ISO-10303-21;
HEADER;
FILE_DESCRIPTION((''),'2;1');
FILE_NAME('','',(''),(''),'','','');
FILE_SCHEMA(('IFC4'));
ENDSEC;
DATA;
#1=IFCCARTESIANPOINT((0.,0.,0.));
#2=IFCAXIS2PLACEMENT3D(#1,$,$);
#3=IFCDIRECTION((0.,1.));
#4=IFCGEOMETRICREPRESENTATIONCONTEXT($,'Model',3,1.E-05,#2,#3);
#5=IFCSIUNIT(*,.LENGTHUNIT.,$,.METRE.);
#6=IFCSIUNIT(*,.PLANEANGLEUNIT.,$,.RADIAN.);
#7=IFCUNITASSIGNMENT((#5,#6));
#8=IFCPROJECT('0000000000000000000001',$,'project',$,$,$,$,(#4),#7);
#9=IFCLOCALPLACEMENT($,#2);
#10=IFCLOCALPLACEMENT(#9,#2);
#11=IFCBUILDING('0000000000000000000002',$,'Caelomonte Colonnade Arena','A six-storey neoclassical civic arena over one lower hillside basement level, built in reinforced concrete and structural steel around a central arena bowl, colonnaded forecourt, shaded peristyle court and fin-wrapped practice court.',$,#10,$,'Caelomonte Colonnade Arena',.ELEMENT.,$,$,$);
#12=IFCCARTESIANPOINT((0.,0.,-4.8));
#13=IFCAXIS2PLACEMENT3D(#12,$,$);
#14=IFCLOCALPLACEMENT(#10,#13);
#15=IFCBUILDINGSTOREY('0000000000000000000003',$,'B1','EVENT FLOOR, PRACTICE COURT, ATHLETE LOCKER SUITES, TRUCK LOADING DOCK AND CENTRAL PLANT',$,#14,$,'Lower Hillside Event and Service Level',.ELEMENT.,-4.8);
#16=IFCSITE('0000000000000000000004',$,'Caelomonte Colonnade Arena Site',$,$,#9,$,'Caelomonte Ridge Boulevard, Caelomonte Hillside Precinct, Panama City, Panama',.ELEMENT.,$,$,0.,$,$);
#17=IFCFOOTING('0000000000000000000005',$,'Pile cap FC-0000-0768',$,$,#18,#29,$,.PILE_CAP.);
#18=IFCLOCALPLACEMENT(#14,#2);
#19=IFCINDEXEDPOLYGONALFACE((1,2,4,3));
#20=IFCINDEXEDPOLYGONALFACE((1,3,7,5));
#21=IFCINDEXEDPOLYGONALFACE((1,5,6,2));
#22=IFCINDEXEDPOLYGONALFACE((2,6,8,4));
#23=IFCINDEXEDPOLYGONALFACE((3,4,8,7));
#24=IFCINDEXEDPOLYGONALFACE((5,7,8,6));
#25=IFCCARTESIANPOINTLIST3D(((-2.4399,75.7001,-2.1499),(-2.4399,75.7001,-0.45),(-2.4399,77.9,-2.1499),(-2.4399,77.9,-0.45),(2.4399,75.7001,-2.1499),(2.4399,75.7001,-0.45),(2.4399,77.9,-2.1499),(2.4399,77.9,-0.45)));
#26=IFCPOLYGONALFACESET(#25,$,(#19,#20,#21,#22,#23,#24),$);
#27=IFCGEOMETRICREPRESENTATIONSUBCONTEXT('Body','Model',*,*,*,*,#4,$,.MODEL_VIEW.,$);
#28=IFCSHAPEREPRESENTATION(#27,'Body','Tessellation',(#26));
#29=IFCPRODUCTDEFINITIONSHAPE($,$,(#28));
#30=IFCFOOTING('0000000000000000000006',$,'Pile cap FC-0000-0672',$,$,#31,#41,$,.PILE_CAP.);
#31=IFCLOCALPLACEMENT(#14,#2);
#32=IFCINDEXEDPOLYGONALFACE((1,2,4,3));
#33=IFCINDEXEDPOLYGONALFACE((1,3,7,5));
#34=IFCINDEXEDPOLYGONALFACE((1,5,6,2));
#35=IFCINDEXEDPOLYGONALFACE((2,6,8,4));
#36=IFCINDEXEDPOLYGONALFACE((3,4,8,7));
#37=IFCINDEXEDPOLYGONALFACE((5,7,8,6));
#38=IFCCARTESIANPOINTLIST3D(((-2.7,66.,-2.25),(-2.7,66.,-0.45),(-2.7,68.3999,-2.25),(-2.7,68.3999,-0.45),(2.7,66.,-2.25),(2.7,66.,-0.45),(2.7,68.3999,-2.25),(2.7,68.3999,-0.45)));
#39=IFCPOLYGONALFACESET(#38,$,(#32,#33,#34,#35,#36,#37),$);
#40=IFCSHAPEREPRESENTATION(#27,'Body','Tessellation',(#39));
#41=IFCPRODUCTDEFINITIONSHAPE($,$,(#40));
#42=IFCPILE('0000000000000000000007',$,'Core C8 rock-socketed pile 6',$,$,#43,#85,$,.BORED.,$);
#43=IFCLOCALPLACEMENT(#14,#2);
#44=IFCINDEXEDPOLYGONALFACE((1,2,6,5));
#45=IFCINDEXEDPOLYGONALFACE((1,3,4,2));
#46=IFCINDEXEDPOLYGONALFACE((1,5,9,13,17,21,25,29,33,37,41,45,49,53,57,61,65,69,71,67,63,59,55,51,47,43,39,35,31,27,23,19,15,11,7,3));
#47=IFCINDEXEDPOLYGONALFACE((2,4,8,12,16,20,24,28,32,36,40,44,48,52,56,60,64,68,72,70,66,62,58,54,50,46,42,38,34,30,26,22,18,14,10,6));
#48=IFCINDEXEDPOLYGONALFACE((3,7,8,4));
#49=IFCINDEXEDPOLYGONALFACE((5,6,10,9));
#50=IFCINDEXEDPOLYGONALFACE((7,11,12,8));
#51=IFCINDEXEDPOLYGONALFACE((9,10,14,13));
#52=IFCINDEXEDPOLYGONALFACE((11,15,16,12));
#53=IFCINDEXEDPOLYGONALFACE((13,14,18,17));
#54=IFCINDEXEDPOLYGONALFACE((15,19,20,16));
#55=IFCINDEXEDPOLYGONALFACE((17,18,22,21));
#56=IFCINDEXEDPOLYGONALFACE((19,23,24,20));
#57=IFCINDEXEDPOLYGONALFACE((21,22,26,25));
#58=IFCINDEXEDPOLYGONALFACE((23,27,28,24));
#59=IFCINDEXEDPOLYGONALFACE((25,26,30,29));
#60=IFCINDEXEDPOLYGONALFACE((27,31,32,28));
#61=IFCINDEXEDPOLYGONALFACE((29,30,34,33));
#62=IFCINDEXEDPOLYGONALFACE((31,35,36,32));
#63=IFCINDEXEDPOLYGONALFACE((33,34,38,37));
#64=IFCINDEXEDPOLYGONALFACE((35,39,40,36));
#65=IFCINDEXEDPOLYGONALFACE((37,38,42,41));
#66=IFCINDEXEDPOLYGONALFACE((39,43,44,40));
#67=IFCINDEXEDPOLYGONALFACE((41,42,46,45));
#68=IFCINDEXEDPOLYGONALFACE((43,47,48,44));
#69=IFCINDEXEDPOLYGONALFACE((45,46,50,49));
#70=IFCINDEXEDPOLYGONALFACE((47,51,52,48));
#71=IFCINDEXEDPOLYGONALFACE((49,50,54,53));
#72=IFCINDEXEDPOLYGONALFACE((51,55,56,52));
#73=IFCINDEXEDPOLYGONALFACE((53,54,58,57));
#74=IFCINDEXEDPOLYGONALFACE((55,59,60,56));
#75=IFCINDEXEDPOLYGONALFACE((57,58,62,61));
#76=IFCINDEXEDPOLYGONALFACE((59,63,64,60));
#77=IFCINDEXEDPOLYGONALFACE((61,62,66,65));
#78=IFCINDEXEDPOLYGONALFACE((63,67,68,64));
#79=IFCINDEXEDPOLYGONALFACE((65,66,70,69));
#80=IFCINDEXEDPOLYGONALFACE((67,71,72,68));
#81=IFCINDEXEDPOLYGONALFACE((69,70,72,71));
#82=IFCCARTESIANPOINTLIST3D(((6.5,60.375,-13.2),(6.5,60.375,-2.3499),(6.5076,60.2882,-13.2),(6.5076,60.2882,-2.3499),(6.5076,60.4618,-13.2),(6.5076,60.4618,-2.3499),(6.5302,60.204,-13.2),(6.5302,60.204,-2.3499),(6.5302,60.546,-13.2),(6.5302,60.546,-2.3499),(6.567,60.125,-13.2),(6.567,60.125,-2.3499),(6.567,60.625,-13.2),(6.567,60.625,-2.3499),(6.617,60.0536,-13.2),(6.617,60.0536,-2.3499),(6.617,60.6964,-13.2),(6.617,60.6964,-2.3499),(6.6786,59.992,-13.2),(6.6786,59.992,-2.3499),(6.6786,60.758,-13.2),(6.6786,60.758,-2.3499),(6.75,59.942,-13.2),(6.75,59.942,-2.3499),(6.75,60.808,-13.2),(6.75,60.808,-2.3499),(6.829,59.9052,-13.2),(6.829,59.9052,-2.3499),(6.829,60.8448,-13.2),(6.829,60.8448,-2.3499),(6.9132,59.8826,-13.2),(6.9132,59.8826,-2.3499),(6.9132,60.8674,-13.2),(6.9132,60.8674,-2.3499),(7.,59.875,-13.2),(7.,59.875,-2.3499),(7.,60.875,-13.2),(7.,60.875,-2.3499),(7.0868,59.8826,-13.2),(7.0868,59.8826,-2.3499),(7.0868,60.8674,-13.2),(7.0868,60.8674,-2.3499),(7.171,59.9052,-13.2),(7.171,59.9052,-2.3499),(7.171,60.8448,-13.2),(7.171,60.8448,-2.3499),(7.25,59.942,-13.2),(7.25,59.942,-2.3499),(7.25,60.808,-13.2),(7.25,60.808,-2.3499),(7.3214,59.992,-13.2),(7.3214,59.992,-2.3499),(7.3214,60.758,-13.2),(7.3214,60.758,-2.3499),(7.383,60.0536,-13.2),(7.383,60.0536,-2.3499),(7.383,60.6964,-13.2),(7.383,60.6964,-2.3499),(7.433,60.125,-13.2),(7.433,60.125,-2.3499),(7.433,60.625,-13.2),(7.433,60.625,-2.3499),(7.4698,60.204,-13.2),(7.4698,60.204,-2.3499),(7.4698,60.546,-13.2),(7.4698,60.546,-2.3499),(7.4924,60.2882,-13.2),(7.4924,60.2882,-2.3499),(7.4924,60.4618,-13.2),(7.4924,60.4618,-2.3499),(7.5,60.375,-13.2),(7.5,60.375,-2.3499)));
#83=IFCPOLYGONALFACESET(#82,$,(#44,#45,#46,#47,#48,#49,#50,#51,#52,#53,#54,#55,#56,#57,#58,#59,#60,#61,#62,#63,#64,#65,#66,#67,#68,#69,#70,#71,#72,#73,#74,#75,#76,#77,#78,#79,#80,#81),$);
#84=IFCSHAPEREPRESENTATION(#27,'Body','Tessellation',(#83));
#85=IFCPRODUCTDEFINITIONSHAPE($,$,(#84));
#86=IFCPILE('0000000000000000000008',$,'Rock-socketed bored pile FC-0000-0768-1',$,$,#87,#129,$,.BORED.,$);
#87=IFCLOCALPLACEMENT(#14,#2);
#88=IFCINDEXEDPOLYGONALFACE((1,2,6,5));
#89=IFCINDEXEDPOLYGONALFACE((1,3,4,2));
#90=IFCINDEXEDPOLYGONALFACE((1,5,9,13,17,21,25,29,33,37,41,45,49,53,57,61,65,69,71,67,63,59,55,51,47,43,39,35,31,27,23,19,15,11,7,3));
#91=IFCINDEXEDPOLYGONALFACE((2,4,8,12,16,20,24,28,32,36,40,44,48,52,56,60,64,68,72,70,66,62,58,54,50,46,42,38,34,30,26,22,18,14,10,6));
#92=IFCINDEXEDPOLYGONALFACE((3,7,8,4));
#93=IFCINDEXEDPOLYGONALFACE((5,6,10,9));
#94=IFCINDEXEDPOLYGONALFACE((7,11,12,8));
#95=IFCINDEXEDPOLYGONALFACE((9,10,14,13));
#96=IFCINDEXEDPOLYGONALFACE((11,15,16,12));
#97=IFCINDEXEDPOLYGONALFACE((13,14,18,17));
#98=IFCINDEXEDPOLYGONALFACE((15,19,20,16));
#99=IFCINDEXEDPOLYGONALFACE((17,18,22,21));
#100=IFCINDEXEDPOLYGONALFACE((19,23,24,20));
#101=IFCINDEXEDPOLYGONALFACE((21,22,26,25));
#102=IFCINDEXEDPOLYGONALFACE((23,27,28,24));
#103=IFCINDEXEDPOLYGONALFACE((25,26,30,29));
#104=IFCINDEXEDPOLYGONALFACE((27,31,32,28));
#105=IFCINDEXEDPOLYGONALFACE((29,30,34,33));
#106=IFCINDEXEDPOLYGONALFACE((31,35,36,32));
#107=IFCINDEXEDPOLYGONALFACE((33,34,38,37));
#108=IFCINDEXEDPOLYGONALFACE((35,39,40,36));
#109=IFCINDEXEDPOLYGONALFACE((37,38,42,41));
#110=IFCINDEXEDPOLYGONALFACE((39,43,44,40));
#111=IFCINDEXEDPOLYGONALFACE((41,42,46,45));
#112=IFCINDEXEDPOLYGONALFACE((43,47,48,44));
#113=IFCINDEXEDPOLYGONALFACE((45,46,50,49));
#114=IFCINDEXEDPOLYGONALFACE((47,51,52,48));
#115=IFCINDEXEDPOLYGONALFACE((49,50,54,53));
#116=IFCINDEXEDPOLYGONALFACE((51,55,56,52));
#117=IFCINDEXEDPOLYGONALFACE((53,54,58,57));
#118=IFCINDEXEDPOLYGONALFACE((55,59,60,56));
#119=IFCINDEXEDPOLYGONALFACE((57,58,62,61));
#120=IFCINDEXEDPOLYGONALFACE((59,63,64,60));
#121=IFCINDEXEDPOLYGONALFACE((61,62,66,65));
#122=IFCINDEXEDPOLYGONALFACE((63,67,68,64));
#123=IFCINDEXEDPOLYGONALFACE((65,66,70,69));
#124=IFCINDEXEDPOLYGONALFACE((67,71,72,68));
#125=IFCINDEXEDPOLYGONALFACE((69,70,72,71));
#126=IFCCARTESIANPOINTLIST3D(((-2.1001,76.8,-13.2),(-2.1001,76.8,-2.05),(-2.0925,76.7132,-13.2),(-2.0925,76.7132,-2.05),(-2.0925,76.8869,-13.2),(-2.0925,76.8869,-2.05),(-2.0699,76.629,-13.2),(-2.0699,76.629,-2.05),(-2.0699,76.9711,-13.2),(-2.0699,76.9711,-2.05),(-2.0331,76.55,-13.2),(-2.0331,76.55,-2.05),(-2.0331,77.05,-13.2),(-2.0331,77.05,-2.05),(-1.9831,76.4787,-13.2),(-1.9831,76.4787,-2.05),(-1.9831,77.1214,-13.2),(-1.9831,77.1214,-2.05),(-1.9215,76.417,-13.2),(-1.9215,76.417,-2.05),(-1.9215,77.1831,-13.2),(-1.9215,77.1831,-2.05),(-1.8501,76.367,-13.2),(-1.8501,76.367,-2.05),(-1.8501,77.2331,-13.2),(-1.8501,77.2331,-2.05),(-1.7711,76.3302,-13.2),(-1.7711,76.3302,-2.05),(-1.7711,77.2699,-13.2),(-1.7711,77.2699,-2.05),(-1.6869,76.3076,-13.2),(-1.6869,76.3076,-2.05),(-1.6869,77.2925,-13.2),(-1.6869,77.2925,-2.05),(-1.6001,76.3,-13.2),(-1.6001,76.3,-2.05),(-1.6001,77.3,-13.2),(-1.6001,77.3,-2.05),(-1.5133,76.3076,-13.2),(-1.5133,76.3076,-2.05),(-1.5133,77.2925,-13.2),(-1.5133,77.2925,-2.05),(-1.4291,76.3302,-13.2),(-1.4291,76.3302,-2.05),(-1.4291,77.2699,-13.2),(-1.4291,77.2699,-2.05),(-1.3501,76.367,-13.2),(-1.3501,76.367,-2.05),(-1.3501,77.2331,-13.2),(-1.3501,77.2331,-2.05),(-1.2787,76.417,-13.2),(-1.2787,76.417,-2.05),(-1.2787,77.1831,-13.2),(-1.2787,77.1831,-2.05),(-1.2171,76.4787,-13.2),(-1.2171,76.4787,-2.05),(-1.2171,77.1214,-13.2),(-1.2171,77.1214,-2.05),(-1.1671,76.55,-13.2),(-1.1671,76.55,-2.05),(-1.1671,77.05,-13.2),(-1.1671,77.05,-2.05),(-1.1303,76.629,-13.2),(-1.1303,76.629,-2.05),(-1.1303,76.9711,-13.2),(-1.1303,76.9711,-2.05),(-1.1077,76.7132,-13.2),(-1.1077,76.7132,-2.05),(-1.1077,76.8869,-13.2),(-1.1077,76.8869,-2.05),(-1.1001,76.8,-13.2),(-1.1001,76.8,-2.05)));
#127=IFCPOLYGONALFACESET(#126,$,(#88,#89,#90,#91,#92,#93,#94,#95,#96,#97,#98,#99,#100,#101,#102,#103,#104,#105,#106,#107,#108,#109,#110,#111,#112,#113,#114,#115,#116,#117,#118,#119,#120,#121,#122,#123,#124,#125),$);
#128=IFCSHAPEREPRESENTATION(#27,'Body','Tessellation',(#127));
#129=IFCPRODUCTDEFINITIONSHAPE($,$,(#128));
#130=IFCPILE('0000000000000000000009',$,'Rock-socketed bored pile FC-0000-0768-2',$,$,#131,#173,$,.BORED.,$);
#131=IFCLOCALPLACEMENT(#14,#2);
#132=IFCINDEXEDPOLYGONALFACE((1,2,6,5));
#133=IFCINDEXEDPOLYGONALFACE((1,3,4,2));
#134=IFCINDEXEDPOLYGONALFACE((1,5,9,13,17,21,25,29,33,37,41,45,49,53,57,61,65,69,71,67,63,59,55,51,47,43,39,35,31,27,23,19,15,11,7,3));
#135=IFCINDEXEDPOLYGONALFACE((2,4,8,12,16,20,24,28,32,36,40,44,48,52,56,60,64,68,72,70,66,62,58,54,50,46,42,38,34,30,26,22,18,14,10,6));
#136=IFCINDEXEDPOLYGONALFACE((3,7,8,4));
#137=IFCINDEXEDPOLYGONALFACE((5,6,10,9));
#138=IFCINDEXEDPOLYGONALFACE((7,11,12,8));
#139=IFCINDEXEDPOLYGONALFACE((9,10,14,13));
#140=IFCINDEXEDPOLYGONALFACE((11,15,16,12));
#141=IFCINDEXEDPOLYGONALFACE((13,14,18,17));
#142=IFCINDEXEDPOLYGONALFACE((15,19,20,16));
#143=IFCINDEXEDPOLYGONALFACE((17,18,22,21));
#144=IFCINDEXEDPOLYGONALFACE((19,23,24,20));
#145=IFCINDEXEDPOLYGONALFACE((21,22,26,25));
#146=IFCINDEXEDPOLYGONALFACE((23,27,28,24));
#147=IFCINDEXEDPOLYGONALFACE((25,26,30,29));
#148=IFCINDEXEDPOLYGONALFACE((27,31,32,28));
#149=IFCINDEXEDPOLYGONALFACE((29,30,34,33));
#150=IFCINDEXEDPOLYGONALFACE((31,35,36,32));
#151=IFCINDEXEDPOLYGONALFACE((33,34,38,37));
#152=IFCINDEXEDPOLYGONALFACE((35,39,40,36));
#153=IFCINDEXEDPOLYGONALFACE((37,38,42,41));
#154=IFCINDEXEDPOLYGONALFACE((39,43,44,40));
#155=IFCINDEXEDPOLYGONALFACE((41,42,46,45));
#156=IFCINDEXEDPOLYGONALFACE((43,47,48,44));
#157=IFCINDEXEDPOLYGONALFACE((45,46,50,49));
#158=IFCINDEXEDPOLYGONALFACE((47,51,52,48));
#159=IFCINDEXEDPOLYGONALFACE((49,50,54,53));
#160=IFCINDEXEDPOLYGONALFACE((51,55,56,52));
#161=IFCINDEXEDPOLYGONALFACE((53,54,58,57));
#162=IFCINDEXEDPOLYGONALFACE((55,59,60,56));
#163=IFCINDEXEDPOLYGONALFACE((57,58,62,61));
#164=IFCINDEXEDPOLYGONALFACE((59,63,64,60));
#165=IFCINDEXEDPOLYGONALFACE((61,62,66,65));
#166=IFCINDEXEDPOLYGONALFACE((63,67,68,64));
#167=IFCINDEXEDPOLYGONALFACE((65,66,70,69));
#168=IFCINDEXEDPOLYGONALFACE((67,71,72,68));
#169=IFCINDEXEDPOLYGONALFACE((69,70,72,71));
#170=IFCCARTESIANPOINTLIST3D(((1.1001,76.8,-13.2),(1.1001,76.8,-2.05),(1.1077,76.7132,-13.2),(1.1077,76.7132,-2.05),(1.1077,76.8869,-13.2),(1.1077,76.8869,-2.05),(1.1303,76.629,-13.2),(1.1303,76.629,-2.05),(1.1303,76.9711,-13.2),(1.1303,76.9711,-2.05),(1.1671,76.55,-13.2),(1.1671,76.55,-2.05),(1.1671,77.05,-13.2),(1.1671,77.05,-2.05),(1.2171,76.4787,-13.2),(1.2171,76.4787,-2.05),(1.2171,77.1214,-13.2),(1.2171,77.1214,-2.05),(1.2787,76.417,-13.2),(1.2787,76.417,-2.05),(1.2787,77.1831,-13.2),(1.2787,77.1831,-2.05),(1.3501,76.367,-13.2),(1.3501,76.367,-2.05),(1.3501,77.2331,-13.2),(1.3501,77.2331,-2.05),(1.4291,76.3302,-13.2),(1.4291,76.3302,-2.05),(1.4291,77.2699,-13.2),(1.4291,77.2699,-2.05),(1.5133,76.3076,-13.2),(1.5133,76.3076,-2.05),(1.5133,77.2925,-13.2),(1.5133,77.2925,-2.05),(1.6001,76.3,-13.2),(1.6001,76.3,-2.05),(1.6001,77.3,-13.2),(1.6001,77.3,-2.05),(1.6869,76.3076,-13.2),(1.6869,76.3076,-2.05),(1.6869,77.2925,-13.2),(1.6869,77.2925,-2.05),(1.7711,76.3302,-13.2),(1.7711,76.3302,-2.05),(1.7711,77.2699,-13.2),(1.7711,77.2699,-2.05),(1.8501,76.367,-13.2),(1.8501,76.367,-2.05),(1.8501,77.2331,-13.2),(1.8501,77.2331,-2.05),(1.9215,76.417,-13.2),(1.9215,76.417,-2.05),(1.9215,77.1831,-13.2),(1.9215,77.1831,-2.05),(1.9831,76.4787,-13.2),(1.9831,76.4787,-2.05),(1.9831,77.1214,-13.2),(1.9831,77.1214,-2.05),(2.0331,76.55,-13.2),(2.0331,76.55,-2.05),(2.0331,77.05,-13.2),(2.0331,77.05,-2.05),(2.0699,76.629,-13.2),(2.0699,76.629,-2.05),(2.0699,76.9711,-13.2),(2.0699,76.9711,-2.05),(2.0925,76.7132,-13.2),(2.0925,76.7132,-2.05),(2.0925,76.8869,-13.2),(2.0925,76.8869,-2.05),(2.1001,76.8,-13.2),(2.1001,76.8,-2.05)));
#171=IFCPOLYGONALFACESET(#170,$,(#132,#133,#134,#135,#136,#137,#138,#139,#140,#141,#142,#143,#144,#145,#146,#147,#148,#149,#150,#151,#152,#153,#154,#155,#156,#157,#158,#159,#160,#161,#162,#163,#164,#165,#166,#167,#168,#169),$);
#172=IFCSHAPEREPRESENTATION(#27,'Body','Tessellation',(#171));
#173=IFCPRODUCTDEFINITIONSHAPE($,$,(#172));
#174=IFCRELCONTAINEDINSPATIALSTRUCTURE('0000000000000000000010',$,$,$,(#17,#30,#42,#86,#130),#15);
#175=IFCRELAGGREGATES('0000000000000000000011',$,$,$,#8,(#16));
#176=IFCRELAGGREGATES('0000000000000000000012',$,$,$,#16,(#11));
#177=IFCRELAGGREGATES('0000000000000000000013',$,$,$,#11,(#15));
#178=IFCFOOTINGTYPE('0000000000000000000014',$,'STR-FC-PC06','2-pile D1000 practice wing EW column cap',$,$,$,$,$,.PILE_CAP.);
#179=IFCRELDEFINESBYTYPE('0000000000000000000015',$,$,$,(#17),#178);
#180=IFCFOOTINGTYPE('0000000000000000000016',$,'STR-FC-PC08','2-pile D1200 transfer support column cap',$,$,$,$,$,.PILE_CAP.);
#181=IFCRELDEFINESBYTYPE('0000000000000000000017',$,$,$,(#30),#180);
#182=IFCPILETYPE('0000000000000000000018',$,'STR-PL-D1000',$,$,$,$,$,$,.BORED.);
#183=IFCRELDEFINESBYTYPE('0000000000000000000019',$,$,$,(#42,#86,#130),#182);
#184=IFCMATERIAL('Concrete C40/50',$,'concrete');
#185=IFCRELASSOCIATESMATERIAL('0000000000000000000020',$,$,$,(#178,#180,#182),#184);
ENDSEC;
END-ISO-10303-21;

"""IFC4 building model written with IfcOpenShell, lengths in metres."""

from ifc_helpers import new_model, si_unit, direction, frame, origin, origin_2d, place, context, subcontext, project, spatial, rectangle, circle, extrude, material, material_profile, profile_set, type_object, element, save


model = new_model("IFC4")

# Units and contexts
model_context = context("Model", 3, precision=1e-05, world=origin(), true_north=direction((0.0, 1.0)))
body_context = subcontext(model_context, "Body", "Model", "MODEL_VIEW")
ifc_project = project(units=[si_unit("LENGTHUNIT", "METRE"), si_unit("PLANEANGLEUNIT", "RADIAN")], contexts=[model_context])

# Site, building, storey
site_placement = place(None, origin())
site = spatial("IfcSite", under=ifc_project, at=site_placement, Name="Caelomonte Colonnade Arena Site", LongName="Caelomonte Ridge Boulevard, Caelomonte Hillside Precinct, Panama City, Panama", CompositionType="ELEMENT", RefElevation=0.0)
building_placement = place(site_placement, origin())
building = spatial("IfcBuilding", under=site, at=building_placement, Name="Caelomonte Colonnade Arena", Description="A six-storey neoclassical civic arena over one lower hillside basement level, built in reinforced concrete and structural steel around a central arena bowl, colonnaded forecourt, shaded peristyle court and fin-wrapped practice court.", LongName="Caelomonte Colonnade Arena", CompositionType="ELEMENT")
storey_placement = place(building_placement, frame((0.0, 0.0, -4.8)))
storey = spatial("IfcBuildingStorey", under=building, at=storey_placement, Name="B1", Description="EVENT FLOOR, PRACTICE COURT, ATHLETE LOCKER SUITES, TRUCK LOADING DOCK AND CENTRAL PLANT", LongName="Lower Hillside Event and Service Level", CompositionType="ELEMENT", Elevation=-4.8)

# Footings
ifc_material_1 = material(Name="Concrete C40/50", Category="concrete")
footing_type_1 = type_object("IfcFootingType", Name="STR-FC-PC06", Description="2-pile D1000 practice wing EW column cap", PredefinedType="PILE_CAP", material=ifc_material_1)
footing_1_placement = place(storey_placement, frame((0.0, 76.8, -2.1499), z_axis=(0.0, 0.0, 1.0), x_axis=(1.0, 0.0, 0.0)))
element("IfcFooting", 1, at=footing_1_placement, inside=storey, type_object=footing_type_1, Name="Pile cap FC-0000-0768", PredefinedType="PILE_CAP", context=body_context, shape_type="SweptSolid", body=[
    extrude(rectangle(XDim=4.8799, YDim=2.2, at=origin_2d()), origin(), (0.0, 0.0, 1.0), 1.7),
])
footing_type_2 = type_object("IfcFootingType", Name="STR-FC-PC08", Description="2-pile D1200 transfer support column cap", PredefinedType="PILE_CAP", material=ifc_material_1)
footing_2_placement = place(storey_placement, frame((0.0, 67.2, -2.25), z_axis=(0.0, 0.0, 1.0), x_axis=(1.0, 0.0, 0.0)))
element("IfcFooting", 2, at=footing_2_placement, inside=storey, type_object=footing_type_2, Name="Pile cap FC-0000-0672", PredefinedType="PILE_CAP", context=body_context, shape_type="SweptSolid", body=[
    extrude(rectangle(XDim=5.3999, YDim=2.3999, at=origin_2d()), origin(), (0.0, 0.0, 1.0), 1.8),
])

# Piles
ifc_material_profile_1 = material_profile(ifc_material_1, circle(Radius=0.5, at=origin_2d()), Name="PILE-D1000")
ifc_profile_set_1 = profile_set([ifc_material_profile_1], Name="Concrete C40/50")
pile_type_1 = type_object("IfcPileType", Name="STR-PL-D1000", PredefinedType="BORED", material=ifc_profile_set_1)
pile_placement = place(storey_placement, frame((7.0, 60.375, -2.3499), z_axis=(0.0, 0.0, -1.0), x_axis=(1.0, 0.0, 0.0)))
element("IfcPile", 3, at=pile_placement, inside=storey, type_object=pile_type_1, Name="Core C8 rock-socketed pile 6", PredefinedType="BORED", context=body_context, shape_type="SweptSolid", body=[
    extrude(circle(Radius=0.5, at=origin_2d()), origin(), (0.0, 0.0, 1.0), 10.8501),
])
for number, where, z_axis, x_axis, name in (
    (4, (-1.6001, 76.8, -2.05), (0.0, 0.0, -1.0), (1.0, 0.0, 0.0), "Rock-socketed bored pile FC-0000-0768-1"),
    (5, (1.6001, 76.8, -2.05), (0.0, 0.0, -1.0), (1.0, 0.0, 0.0), "Rock-socketed bored pile FC-0000-0768-2"),
):
    element("IfcPile", number, at=place(storey_placement, frame(where, z_axis=z_axis, x_axis=x_axis)), inside=storey, type_object=pile_type_1, Name=name, PredefinedType="BORED", context=body_context, shape_type="SweptSolid", body=[
        extrude(circle(Radius=0.5, at=origin_2d()), origin(), (0.0, 0.0, 1.0), 11.1499),
    ])

save(model, "model.ifc")
